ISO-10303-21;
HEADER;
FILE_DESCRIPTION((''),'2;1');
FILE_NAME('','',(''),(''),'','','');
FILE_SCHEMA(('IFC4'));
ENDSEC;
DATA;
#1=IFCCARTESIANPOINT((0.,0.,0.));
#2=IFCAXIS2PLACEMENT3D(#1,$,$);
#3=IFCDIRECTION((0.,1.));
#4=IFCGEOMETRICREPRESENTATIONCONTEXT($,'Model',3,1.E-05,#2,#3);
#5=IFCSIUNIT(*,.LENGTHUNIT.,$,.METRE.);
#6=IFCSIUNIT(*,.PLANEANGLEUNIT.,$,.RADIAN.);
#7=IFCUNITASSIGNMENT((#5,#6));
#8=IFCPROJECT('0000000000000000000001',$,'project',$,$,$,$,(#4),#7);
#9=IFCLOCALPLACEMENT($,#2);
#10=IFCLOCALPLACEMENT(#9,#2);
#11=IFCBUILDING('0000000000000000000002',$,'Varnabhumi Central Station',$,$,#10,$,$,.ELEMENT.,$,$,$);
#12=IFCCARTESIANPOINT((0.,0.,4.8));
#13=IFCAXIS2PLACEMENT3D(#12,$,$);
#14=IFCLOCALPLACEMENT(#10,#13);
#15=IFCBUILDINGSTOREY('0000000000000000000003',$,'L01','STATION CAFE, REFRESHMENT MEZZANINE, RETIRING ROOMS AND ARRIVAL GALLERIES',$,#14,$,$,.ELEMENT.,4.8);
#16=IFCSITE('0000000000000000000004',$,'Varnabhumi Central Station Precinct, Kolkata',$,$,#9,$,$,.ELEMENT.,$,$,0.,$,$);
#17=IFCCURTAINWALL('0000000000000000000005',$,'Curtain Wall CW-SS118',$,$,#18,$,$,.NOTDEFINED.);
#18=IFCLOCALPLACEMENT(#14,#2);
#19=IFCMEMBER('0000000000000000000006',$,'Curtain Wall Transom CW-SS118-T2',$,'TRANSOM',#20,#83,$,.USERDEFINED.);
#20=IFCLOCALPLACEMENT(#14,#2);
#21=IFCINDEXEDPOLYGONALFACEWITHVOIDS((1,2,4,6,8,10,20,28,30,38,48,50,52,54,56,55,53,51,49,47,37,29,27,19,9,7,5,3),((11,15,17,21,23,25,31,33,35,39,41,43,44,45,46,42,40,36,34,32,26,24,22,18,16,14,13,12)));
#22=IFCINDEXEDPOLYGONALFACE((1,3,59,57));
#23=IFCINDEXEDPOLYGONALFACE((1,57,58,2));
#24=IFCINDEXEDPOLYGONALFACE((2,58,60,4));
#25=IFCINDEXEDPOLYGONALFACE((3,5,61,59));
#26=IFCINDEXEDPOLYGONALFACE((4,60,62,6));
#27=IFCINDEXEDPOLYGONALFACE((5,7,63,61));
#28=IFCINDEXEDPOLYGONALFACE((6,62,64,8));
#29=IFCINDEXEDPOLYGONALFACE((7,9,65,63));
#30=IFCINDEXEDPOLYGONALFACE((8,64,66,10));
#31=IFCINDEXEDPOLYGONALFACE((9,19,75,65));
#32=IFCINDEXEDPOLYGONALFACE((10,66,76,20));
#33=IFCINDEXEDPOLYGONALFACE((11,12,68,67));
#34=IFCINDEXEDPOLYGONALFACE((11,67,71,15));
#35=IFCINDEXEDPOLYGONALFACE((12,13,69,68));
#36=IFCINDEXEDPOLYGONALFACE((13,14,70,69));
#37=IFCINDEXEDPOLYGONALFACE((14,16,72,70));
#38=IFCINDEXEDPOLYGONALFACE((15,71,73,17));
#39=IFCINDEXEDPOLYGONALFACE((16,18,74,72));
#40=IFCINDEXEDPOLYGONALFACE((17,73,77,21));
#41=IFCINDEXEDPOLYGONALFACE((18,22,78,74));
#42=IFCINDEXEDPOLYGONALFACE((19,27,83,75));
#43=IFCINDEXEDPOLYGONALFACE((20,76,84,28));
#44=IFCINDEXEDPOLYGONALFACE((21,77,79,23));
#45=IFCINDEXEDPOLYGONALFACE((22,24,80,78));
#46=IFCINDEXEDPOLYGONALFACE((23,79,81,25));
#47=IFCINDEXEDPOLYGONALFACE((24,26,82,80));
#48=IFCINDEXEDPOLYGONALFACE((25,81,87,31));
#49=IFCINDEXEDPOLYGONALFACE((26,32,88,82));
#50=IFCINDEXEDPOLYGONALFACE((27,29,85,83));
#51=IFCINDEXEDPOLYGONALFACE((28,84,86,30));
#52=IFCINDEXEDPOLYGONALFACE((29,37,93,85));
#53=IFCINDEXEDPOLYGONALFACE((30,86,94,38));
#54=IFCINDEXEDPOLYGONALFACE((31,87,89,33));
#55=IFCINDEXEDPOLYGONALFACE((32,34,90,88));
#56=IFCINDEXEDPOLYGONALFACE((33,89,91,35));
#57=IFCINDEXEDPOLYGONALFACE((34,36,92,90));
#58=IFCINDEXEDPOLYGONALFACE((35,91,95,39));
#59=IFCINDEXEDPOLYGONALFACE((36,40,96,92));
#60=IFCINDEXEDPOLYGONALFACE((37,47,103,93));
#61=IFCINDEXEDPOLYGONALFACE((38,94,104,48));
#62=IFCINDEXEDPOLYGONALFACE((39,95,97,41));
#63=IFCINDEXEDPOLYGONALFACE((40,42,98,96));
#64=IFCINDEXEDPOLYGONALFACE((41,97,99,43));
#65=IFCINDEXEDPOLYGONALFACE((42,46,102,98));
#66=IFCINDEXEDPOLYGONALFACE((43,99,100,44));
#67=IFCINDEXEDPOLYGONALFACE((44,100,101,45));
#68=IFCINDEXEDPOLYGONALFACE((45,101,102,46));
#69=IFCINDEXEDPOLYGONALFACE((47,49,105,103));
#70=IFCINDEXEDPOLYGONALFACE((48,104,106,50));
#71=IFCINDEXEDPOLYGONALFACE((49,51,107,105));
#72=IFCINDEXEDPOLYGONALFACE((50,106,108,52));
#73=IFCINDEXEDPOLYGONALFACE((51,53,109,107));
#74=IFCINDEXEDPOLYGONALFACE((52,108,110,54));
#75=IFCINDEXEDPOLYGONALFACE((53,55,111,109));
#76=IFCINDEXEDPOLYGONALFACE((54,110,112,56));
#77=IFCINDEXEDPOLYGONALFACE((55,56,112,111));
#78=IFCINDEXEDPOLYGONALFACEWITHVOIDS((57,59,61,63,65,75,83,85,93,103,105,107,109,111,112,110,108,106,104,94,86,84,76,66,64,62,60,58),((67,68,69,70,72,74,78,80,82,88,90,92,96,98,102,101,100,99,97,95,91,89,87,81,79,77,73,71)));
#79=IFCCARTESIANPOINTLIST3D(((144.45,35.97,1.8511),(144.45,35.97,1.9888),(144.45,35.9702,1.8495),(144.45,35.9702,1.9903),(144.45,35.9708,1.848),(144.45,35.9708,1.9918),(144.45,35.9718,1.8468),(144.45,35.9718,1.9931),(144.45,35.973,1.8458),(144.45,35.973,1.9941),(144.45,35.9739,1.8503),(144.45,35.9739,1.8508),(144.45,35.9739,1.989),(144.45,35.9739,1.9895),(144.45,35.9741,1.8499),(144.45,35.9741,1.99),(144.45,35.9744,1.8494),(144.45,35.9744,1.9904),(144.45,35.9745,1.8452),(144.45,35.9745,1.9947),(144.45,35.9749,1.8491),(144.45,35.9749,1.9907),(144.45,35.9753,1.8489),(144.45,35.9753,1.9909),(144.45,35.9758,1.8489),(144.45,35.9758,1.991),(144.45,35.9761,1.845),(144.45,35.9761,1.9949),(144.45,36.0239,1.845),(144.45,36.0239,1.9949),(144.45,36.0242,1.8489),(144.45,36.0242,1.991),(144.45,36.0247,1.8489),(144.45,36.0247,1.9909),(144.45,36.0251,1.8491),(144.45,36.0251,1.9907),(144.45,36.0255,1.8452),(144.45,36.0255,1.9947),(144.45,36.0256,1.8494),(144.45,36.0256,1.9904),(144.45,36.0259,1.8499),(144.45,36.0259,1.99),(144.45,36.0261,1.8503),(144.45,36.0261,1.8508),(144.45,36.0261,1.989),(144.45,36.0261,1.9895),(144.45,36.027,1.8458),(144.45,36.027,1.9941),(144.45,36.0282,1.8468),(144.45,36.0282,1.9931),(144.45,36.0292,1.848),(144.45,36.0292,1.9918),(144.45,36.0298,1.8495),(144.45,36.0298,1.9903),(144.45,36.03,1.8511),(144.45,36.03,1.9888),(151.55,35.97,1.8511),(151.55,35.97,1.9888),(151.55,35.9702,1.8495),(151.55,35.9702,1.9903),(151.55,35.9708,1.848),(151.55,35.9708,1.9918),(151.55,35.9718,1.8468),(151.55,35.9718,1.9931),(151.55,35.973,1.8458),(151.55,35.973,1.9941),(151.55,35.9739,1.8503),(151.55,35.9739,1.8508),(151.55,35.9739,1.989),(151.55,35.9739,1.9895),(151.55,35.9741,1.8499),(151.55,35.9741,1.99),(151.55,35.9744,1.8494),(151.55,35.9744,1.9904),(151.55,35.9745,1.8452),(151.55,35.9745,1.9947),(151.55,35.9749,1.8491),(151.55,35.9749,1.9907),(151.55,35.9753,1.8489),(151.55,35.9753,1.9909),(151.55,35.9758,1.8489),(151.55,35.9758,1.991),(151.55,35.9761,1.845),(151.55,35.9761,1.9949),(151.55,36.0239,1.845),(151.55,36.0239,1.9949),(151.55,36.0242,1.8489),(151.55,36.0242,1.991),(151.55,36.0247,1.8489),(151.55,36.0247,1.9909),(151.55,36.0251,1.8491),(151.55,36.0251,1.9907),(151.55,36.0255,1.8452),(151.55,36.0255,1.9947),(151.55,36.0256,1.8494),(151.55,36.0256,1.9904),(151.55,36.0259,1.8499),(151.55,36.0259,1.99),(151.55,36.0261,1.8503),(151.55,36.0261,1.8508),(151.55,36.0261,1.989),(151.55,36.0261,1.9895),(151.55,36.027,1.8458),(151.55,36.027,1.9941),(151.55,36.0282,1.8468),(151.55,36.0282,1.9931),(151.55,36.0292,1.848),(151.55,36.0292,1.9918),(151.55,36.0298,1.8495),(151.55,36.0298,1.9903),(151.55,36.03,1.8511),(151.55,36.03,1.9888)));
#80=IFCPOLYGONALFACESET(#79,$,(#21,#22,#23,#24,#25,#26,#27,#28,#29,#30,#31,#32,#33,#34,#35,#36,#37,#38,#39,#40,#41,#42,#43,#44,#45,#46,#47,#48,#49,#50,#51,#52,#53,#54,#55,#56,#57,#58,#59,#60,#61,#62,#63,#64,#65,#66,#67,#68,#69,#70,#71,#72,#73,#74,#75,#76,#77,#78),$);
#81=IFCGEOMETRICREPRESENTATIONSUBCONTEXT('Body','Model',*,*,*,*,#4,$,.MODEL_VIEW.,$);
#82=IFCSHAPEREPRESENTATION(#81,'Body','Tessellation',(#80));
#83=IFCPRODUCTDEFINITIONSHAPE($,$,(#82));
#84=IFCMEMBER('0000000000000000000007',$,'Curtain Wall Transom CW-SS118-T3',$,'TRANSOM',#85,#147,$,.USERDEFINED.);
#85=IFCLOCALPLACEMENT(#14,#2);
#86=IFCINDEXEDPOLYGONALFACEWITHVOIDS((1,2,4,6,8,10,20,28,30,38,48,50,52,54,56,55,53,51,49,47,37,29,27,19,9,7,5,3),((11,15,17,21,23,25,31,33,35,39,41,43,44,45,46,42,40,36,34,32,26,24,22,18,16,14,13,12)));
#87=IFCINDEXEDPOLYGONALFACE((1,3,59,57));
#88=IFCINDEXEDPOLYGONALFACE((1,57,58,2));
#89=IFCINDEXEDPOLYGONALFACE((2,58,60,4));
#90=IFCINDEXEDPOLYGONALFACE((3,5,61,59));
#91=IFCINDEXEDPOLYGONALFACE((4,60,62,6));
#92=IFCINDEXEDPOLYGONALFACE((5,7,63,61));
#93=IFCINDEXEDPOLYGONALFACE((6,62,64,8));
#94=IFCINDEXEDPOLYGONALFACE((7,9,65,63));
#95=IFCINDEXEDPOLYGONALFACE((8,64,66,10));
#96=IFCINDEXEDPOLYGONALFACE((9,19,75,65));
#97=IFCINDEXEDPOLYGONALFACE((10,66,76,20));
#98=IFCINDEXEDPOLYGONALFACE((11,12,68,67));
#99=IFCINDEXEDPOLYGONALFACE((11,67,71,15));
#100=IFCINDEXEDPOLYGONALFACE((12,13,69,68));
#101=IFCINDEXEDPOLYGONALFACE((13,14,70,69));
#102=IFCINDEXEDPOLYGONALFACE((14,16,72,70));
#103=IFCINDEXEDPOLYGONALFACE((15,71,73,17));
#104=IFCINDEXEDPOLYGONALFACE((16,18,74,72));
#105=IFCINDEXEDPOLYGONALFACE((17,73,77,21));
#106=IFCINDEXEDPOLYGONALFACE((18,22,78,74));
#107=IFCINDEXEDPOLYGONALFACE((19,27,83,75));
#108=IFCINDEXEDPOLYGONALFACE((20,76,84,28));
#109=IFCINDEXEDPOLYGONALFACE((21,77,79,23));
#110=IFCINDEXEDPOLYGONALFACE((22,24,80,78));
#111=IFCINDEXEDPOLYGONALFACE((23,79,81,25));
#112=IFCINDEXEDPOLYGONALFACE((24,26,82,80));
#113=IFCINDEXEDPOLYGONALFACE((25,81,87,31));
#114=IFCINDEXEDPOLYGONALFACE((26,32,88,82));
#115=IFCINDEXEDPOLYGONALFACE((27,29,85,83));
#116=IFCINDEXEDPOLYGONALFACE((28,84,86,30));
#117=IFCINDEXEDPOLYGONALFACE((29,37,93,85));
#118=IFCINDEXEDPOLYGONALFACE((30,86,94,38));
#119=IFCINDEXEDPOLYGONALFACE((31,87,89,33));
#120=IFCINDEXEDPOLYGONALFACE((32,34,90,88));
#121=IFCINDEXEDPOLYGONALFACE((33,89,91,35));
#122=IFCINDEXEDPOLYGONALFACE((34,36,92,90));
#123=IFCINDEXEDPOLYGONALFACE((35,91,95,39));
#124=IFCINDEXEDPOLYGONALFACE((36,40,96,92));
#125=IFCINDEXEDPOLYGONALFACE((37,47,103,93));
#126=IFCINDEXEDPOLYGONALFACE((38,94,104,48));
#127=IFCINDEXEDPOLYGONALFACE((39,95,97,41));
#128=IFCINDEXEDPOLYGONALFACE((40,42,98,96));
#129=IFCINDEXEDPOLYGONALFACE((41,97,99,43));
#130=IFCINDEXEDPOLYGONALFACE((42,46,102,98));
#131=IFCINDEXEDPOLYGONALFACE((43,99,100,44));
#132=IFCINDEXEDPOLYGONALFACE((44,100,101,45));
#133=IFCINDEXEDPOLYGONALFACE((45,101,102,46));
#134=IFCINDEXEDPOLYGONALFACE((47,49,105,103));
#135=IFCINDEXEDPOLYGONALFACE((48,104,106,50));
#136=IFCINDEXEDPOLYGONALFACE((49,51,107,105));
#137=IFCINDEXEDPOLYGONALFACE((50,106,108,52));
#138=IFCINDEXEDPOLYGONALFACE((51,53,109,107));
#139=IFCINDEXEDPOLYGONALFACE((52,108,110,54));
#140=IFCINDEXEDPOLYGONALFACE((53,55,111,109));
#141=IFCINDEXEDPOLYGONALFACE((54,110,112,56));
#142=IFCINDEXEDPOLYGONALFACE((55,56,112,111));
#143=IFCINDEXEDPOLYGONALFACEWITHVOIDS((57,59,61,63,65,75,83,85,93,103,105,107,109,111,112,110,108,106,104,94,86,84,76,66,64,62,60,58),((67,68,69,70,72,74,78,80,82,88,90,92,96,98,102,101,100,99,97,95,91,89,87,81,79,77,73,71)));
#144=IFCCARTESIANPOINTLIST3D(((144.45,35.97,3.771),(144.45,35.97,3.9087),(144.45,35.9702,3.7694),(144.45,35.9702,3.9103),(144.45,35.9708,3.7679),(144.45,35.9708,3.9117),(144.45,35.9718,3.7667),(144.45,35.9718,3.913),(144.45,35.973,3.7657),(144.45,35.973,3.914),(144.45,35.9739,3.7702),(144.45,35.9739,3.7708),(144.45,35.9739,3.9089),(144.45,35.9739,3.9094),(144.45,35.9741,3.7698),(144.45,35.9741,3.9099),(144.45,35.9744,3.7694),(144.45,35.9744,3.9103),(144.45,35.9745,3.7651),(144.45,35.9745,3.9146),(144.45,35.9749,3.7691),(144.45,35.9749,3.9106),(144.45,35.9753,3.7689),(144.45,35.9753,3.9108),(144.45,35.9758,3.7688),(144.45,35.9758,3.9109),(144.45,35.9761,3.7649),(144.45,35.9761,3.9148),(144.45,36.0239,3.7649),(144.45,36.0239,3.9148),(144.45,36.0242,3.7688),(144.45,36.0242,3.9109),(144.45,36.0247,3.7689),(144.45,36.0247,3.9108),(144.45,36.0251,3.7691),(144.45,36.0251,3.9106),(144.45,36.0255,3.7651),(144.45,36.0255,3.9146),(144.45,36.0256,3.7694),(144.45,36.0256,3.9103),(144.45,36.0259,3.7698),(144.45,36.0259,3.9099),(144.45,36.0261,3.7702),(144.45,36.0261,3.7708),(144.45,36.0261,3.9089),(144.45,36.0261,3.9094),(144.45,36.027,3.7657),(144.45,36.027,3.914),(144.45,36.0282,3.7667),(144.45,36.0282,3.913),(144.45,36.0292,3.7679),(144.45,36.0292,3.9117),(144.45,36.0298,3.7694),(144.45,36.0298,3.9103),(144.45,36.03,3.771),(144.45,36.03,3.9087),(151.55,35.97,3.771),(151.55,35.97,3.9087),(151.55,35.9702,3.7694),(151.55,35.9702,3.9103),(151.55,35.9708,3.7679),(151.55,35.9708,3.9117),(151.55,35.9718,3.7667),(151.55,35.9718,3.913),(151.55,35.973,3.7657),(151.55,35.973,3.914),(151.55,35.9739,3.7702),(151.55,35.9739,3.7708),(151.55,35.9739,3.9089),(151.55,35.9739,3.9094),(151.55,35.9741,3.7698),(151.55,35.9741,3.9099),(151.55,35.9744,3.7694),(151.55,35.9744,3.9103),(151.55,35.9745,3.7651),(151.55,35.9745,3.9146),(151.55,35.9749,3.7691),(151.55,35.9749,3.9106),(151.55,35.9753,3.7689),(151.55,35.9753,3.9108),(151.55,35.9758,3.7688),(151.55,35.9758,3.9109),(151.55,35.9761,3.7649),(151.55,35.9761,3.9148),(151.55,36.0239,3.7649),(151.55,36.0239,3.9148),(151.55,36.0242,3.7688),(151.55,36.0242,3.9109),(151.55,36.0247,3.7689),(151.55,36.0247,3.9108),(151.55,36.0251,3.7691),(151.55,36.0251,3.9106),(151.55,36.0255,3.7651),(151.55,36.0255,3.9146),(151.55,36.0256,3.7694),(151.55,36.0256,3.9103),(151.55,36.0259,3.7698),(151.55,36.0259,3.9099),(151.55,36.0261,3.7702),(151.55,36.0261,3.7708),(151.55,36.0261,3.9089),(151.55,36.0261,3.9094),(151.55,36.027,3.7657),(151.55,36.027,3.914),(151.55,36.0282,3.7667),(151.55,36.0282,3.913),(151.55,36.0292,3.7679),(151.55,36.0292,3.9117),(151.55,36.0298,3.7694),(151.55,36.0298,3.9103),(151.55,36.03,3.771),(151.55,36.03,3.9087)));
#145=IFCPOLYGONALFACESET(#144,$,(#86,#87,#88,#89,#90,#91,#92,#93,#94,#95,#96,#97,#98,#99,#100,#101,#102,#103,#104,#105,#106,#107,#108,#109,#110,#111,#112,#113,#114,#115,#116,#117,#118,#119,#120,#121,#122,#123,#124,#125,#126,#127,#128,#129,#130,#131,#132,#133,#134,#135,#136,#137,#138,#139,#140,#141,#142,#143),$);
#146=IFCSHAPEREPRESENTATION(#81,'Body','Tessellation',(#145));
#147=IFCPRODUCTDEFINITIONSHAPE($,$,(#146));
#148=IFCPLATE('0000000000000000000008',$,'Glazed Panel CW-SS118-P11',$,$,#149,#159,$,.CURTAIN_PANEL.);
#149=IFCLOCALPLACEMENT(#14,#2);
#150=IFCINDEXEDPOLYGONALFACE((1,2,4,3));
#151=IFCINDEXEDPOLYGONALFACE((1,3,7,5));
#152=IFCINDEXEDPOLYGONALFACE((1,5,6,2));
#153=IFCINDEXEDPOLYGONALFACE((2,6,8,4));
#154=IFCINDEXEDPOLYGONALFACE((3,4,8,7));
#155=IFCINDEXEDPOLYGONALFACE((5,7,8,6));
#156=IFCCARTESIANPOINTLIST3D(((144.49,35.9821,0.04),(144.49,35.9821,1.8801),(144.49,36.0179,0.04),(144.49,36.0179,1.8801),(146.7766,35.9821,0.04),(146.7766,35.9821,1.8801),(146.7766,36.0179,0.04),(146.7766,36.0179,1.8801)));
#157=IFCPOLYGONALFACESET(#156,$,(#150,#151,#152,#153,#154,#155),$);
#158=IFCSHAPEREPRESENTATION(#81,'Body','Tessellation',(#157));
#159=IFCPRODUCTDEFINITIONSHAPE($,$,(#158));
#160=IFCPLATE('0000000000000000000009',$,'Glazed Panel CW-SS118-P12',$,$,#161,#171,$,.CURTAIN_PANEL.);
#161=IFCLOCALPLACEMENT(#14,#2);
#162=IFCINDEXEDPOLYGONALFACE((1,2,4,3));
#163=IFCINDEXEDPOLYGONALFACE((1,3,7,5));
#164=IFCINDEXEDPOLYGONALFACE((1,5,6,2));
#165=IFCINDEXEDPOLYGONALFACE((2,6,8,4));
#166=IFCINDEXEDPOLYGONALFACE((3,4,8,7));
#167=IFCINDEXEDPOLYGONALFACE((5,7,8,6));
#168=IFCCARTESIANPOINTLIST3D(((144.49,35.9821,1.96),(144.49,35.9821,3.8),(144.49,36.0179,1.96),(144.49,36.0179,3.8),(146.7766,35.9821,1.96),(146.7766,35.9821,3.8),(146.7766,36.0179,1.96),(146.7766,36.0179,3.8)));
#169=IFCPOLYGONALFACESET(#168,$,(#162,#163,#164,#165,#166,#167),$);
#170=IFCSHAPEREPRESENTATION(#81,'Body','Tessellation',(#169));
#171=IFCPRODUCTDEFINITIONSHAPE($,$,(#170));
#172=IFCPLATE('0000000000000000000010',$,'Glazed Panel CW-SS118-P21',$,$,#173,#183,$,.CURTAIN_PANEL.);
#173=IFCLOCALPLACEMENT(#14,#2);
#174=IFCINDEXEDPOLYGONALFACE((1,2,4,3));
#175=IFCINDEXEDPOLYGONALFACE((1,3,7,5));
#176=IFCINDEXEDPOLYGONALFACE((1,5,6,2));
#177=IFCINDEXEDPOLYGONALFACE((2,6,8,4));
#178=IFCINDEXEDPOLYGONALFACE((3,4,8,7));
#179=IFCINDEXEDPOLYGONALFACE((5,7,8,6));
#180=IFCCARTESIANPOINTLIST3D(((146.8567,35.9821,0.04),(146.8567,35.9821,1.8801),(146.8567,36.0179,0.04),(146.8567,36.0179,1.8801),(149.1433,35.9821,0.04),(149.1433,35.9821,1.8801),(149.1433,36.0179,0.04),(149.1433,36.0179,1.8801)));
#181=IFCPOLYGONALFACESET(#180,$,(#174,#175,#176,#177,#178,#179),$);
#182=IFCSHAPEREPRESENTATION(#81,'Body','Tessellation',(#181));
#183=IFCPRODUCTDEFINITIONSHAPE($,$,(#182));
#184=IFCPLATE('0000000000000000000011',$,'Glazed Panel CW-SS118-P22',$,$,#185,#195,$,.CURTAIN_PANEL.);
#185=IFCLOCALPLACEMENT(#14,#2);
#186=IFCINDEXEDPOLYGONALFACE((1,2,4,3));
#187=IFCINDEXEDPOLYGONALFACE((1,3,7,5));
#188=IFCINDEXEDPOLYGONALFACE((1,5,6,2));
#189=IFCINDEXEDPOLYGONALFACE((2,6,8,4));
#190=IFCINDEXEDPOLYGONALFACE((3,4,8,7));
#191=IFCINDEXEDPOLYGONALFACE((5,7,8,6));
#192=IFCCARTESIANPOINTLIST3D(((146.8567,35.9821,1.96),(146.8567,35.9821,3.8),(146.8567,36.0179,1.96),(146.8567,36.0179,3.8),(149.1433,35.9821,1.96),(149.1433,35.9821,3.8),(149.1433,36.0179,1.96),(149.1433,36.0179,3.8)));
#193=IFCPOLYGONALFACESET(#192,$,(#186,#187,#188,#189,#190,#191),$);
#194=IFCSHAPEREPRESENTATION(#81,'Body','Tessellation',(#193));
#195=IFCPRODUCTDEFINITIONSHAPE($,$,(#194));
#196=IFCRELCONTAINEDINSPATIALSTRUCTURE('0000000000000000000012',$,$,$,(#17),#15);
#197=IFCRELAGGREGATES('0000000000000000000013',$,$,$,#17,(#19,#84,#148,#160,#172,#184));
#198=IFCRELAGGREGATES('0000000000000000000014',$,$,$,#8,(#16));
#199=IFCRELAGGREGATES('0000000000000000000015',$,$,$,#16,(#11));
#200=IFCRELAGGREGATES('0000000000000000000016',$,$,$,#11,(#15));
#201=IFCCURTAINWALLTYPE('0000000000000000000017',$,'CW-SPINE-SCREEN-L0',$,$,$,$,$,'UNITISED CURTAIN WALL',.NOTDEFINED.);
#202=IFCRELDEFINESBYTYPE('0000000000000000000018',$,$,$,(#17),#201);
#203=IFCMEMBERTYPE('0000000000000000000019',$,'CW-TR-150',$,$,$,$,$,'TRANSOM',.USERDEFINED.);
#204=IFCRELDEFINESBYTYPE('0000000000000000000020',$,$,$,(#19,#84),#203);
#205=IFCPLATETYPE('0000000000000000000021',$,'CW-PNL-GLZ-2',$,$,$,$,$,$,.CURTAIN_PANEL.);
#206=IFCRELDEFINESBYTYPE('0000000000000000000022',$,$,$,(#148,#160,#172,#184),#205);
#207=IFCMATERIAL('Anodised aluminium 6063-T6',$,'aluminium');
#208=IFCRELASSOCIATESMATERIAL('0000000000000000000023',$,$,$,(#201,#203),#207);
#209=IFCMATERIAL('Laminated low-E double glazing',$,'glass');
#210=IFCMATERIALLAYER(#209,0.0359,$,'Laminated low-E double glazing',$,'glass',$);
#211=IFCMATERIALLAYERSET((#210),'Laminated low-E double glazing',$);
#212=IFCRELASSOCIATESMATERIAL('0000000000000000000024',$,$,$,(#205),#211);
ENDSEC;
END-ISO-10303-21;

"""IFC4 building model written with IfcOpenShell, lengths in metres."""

from ifc_helpers import new_model, si_unit, direction, frame, origin, origin_2d, place, context, subcontext, project, spatial, rectangle, hollow_rectangle, extrude, material, layer, layer_set, material_profile, profile_set, type_object, element, aggregate, save


model = new_model("IFC4")

# Units and contexts
model_context = context("Model", 3, precision=1e-05, world=origin(), true_north=direction((0.0, 1.0)))
body_context = subcontext(model_context, "Body", "Model", "MODEL_VIEW")
ifc_project = project(units=[si_unit("LENGTHUNIT", "METRE"), si_unit("PLANEANGLEUNIT", "RADIAN")], contexts=[model_context])

# Site, building, storey
site_placement = place(None, origin())
site = spatial("IfcSite", under=ifc_project, at=site_placement, Name="Varnabhumi Central Station Precinct, Kolkata", CompositionType="ELEMENT", RefElevation=0.0)
building_placement = place(site_placement, origin())
building = spatial("IfcBuilding", under=site, at=building_placement, Name="Varnabhumi Central Station", CompositionType="ELEMENT")
storey_placement = place(building_placement, frame((0.0, 0.0, 4.8)))
storey = spatial("IfcBuildingStorey", under=building, at=storey_placement, Name="L01", Description="STATION CAFE, REFRESHMENT MEZZANINE, RETIRING ROOMS AND ARRIVAL GALLERIES", CompositionType="ELEMENT", Elevation=4.8)

# Curtain wall, members, plates
ifc_material_1 = material(Name="Anodised aluminium 6063-T6", Category="aluminium")
curtain_wall_type = type_object("IfcCurtainWallType", Name="CW-SPINE-SCREEN-L0", ElementType="UNITISED CURTAIN WALL", PredefinedType="NOTDEFINED", material=ifc_material_1)
curtain_wall_placement = place(storey_placement, origin())
curtain_wall = element("IfcCurtainWall", 1, at=curtain_wall_placement, inside=storey, type_object=curtain_wall_type, Name="Curtain Wall CW-SS118", PredefinedType="NOTDEFINED")
ifc_material_profile_1 = material_profile(ifc_material_1, hollow_rectangle(XDim=0.0601, YDim=0.1499, WallThickness=0.0039, InnerFilletRadius=0.002, OuterFilletRadius=0.0061, at=origin_2d()), Name="Anodised aluminium 6063-T6", Category="aluminium")
ifc_profile_set_1 = profile_set([ifc_material_profile_1], Name="Anodised aluminium 6063-T6")
member_type_1 = type_object("IfcMemberType", Name="CW-TR-150", ElementType="TRANSOM", PredefinedType="USERDEFINED", material=ifc_profile_set_1)
member_1_placement = place(storey_placement, frame((144.45, 36.0, 1.9199), z_axis=(1.0, 0.0, 0.0), x_axis=(0.0, 1.0, 0.0)))
member_1 = element("IfcMember", 2, at=member_1_placement, type_object=member_type_1, Name="Curtain Wall Transom CW-SS118-T2", ObjectType="TRANSOM", PredefinedType="USERDEFINED", context=body_context, shape_type="SweptSolid", body=[
    extrude(hollow_rectangle(XDim=0.0601, YDim=0.1499, WallThickness=0.0039, InnerFilletRadius=0.002, OuterFilletRadius=0.0061, at=origin_2d()), origin(), (0.0, 0.0, 1.0), 7.1001),
])
member_2_placement = place(storey_placement, frame((144.45, 36.0, 3.8398), z_axis=(1.0, 0.0, 0.0), x_axis=(0.0, 1.0, 0.0)))
member_2 = element("IfcMember", 3, at=member_2_placement, type_object=member_type_1, Name="Curtain Wall Transom CW-SS118-T3", ObjectType="TRANSOM", PredefinedType="USERDEFINED", context=body_context, shape_type="SweptSolid", body=[
    extrude(hollow_rectangle(XDim=0.0601, YDim=0.1499, WallThickness=0.0039, InnerFilletRadius=0.002, OuterFilletRadius=0.0061, at=origin_2d()), origin(), (0.0, 0.0, 1.0), 7.1001),
])
ifc_material_2 = material(Name="Laminated low-E double glazing", Category="glass")
ifc_layer_1 = layer(ifc_material_2, 0.0359, Name="Laminated low-E double glazing", Category="glass")
ifc_layer_set_1 = layer_set([ifc_layer_1], Name="Laminated low-E double glazing")
plate_type = type_object("IfcPlateType", Name="CW-PNL-GLZ-2", PredefinedType="CURTAIN_PANEL", material=ifc_layer_set_1)
plate_1_placement = place(storey_placement, frame((145.6333, 36.0, 0.04), z_axis=(0.0, 0.0, 1.0), x_axis=(1.0, 0.0, 0.0)))
plate_1 = element("IfcPlate", 4, at=plate_1_placement, type_object=plate_type, Name="Glazed Panel CW-SS118-P11", PredefinedType="CURTAIN_PANEL", context=body_context, shape_type="SweptSolid", body=[
    extrude(rectangle(XDim=2.2866, YDim=0.0359, at=origin_2d()), origin(), (0.0, 0.0, 1.0), 1.8401),
])
plate_2_placement = place(storey_placement, frame((145.6333, 36.0, 1.96), z_axis=(0.0, 0.0, 1.0), x_axis=(1.0, 0.0, 0.0)))
plate_2 = element("IfcPlate", 5, at=plate_2_placement, type_object=plate_type, Name="Glazed Panel CW-SS118-P12", PredefinedType="CURTAIN_PANEL", context=body_context, shape_type="SweptSolid", body=[
    extrude(rectangle(XDim=2.2866, YDim=0.0359, at=origin_2d()), origin(), (0.0, 0.0, 1.0), 1.8401),
])
plate_3_placement = place(storey_placement, frame((148.0, 36.0, 0.04), z_axis=(0.0, 0.0, 1.0), x_axis=(1.0, 0.0, 0.0)))
plate_3 = element("IfcPlate", 6, at=plate_3_placement, type_object=plate_type, Name="Glazed Panel CW-SS118-P21", PredefinedType="CURTAIN_PANEL", context=body_context, shape_type="SweptSolid", body=[
    extrude(rectangle(XDim=2.2866, YDim=0.0359, at=origin_2d()), origin(), (0.0, 0.0, 1.0), 1.8401),
])
plate_4_placement = place(storey_placement, frame((148.0, 36.0, 1.96), z_axis=(0.0, 0.0, 1.0), x_axis=(1.0, 0.0, 0.0)))
plate_4 = element("IfcPlate", 7, at=plate_4_placement, type_object=plate_type, Name="Glazed Panel CW-SS118-P22", PredefinedType="CURTAIN_PANEL", context=body_context, shape_type="SweptSolid", body=[
    extrude(rectangle(XDim=2.2866, YDim=0.0359, at=origin_2d()), origin(), (0.0, 0.0, 1.0), 1.8401),
])
aggregate(curtain_wall, [member_1, member_2, plate_1, plate_2, plate_3, plate_4])

save(model, "model.ifc")
